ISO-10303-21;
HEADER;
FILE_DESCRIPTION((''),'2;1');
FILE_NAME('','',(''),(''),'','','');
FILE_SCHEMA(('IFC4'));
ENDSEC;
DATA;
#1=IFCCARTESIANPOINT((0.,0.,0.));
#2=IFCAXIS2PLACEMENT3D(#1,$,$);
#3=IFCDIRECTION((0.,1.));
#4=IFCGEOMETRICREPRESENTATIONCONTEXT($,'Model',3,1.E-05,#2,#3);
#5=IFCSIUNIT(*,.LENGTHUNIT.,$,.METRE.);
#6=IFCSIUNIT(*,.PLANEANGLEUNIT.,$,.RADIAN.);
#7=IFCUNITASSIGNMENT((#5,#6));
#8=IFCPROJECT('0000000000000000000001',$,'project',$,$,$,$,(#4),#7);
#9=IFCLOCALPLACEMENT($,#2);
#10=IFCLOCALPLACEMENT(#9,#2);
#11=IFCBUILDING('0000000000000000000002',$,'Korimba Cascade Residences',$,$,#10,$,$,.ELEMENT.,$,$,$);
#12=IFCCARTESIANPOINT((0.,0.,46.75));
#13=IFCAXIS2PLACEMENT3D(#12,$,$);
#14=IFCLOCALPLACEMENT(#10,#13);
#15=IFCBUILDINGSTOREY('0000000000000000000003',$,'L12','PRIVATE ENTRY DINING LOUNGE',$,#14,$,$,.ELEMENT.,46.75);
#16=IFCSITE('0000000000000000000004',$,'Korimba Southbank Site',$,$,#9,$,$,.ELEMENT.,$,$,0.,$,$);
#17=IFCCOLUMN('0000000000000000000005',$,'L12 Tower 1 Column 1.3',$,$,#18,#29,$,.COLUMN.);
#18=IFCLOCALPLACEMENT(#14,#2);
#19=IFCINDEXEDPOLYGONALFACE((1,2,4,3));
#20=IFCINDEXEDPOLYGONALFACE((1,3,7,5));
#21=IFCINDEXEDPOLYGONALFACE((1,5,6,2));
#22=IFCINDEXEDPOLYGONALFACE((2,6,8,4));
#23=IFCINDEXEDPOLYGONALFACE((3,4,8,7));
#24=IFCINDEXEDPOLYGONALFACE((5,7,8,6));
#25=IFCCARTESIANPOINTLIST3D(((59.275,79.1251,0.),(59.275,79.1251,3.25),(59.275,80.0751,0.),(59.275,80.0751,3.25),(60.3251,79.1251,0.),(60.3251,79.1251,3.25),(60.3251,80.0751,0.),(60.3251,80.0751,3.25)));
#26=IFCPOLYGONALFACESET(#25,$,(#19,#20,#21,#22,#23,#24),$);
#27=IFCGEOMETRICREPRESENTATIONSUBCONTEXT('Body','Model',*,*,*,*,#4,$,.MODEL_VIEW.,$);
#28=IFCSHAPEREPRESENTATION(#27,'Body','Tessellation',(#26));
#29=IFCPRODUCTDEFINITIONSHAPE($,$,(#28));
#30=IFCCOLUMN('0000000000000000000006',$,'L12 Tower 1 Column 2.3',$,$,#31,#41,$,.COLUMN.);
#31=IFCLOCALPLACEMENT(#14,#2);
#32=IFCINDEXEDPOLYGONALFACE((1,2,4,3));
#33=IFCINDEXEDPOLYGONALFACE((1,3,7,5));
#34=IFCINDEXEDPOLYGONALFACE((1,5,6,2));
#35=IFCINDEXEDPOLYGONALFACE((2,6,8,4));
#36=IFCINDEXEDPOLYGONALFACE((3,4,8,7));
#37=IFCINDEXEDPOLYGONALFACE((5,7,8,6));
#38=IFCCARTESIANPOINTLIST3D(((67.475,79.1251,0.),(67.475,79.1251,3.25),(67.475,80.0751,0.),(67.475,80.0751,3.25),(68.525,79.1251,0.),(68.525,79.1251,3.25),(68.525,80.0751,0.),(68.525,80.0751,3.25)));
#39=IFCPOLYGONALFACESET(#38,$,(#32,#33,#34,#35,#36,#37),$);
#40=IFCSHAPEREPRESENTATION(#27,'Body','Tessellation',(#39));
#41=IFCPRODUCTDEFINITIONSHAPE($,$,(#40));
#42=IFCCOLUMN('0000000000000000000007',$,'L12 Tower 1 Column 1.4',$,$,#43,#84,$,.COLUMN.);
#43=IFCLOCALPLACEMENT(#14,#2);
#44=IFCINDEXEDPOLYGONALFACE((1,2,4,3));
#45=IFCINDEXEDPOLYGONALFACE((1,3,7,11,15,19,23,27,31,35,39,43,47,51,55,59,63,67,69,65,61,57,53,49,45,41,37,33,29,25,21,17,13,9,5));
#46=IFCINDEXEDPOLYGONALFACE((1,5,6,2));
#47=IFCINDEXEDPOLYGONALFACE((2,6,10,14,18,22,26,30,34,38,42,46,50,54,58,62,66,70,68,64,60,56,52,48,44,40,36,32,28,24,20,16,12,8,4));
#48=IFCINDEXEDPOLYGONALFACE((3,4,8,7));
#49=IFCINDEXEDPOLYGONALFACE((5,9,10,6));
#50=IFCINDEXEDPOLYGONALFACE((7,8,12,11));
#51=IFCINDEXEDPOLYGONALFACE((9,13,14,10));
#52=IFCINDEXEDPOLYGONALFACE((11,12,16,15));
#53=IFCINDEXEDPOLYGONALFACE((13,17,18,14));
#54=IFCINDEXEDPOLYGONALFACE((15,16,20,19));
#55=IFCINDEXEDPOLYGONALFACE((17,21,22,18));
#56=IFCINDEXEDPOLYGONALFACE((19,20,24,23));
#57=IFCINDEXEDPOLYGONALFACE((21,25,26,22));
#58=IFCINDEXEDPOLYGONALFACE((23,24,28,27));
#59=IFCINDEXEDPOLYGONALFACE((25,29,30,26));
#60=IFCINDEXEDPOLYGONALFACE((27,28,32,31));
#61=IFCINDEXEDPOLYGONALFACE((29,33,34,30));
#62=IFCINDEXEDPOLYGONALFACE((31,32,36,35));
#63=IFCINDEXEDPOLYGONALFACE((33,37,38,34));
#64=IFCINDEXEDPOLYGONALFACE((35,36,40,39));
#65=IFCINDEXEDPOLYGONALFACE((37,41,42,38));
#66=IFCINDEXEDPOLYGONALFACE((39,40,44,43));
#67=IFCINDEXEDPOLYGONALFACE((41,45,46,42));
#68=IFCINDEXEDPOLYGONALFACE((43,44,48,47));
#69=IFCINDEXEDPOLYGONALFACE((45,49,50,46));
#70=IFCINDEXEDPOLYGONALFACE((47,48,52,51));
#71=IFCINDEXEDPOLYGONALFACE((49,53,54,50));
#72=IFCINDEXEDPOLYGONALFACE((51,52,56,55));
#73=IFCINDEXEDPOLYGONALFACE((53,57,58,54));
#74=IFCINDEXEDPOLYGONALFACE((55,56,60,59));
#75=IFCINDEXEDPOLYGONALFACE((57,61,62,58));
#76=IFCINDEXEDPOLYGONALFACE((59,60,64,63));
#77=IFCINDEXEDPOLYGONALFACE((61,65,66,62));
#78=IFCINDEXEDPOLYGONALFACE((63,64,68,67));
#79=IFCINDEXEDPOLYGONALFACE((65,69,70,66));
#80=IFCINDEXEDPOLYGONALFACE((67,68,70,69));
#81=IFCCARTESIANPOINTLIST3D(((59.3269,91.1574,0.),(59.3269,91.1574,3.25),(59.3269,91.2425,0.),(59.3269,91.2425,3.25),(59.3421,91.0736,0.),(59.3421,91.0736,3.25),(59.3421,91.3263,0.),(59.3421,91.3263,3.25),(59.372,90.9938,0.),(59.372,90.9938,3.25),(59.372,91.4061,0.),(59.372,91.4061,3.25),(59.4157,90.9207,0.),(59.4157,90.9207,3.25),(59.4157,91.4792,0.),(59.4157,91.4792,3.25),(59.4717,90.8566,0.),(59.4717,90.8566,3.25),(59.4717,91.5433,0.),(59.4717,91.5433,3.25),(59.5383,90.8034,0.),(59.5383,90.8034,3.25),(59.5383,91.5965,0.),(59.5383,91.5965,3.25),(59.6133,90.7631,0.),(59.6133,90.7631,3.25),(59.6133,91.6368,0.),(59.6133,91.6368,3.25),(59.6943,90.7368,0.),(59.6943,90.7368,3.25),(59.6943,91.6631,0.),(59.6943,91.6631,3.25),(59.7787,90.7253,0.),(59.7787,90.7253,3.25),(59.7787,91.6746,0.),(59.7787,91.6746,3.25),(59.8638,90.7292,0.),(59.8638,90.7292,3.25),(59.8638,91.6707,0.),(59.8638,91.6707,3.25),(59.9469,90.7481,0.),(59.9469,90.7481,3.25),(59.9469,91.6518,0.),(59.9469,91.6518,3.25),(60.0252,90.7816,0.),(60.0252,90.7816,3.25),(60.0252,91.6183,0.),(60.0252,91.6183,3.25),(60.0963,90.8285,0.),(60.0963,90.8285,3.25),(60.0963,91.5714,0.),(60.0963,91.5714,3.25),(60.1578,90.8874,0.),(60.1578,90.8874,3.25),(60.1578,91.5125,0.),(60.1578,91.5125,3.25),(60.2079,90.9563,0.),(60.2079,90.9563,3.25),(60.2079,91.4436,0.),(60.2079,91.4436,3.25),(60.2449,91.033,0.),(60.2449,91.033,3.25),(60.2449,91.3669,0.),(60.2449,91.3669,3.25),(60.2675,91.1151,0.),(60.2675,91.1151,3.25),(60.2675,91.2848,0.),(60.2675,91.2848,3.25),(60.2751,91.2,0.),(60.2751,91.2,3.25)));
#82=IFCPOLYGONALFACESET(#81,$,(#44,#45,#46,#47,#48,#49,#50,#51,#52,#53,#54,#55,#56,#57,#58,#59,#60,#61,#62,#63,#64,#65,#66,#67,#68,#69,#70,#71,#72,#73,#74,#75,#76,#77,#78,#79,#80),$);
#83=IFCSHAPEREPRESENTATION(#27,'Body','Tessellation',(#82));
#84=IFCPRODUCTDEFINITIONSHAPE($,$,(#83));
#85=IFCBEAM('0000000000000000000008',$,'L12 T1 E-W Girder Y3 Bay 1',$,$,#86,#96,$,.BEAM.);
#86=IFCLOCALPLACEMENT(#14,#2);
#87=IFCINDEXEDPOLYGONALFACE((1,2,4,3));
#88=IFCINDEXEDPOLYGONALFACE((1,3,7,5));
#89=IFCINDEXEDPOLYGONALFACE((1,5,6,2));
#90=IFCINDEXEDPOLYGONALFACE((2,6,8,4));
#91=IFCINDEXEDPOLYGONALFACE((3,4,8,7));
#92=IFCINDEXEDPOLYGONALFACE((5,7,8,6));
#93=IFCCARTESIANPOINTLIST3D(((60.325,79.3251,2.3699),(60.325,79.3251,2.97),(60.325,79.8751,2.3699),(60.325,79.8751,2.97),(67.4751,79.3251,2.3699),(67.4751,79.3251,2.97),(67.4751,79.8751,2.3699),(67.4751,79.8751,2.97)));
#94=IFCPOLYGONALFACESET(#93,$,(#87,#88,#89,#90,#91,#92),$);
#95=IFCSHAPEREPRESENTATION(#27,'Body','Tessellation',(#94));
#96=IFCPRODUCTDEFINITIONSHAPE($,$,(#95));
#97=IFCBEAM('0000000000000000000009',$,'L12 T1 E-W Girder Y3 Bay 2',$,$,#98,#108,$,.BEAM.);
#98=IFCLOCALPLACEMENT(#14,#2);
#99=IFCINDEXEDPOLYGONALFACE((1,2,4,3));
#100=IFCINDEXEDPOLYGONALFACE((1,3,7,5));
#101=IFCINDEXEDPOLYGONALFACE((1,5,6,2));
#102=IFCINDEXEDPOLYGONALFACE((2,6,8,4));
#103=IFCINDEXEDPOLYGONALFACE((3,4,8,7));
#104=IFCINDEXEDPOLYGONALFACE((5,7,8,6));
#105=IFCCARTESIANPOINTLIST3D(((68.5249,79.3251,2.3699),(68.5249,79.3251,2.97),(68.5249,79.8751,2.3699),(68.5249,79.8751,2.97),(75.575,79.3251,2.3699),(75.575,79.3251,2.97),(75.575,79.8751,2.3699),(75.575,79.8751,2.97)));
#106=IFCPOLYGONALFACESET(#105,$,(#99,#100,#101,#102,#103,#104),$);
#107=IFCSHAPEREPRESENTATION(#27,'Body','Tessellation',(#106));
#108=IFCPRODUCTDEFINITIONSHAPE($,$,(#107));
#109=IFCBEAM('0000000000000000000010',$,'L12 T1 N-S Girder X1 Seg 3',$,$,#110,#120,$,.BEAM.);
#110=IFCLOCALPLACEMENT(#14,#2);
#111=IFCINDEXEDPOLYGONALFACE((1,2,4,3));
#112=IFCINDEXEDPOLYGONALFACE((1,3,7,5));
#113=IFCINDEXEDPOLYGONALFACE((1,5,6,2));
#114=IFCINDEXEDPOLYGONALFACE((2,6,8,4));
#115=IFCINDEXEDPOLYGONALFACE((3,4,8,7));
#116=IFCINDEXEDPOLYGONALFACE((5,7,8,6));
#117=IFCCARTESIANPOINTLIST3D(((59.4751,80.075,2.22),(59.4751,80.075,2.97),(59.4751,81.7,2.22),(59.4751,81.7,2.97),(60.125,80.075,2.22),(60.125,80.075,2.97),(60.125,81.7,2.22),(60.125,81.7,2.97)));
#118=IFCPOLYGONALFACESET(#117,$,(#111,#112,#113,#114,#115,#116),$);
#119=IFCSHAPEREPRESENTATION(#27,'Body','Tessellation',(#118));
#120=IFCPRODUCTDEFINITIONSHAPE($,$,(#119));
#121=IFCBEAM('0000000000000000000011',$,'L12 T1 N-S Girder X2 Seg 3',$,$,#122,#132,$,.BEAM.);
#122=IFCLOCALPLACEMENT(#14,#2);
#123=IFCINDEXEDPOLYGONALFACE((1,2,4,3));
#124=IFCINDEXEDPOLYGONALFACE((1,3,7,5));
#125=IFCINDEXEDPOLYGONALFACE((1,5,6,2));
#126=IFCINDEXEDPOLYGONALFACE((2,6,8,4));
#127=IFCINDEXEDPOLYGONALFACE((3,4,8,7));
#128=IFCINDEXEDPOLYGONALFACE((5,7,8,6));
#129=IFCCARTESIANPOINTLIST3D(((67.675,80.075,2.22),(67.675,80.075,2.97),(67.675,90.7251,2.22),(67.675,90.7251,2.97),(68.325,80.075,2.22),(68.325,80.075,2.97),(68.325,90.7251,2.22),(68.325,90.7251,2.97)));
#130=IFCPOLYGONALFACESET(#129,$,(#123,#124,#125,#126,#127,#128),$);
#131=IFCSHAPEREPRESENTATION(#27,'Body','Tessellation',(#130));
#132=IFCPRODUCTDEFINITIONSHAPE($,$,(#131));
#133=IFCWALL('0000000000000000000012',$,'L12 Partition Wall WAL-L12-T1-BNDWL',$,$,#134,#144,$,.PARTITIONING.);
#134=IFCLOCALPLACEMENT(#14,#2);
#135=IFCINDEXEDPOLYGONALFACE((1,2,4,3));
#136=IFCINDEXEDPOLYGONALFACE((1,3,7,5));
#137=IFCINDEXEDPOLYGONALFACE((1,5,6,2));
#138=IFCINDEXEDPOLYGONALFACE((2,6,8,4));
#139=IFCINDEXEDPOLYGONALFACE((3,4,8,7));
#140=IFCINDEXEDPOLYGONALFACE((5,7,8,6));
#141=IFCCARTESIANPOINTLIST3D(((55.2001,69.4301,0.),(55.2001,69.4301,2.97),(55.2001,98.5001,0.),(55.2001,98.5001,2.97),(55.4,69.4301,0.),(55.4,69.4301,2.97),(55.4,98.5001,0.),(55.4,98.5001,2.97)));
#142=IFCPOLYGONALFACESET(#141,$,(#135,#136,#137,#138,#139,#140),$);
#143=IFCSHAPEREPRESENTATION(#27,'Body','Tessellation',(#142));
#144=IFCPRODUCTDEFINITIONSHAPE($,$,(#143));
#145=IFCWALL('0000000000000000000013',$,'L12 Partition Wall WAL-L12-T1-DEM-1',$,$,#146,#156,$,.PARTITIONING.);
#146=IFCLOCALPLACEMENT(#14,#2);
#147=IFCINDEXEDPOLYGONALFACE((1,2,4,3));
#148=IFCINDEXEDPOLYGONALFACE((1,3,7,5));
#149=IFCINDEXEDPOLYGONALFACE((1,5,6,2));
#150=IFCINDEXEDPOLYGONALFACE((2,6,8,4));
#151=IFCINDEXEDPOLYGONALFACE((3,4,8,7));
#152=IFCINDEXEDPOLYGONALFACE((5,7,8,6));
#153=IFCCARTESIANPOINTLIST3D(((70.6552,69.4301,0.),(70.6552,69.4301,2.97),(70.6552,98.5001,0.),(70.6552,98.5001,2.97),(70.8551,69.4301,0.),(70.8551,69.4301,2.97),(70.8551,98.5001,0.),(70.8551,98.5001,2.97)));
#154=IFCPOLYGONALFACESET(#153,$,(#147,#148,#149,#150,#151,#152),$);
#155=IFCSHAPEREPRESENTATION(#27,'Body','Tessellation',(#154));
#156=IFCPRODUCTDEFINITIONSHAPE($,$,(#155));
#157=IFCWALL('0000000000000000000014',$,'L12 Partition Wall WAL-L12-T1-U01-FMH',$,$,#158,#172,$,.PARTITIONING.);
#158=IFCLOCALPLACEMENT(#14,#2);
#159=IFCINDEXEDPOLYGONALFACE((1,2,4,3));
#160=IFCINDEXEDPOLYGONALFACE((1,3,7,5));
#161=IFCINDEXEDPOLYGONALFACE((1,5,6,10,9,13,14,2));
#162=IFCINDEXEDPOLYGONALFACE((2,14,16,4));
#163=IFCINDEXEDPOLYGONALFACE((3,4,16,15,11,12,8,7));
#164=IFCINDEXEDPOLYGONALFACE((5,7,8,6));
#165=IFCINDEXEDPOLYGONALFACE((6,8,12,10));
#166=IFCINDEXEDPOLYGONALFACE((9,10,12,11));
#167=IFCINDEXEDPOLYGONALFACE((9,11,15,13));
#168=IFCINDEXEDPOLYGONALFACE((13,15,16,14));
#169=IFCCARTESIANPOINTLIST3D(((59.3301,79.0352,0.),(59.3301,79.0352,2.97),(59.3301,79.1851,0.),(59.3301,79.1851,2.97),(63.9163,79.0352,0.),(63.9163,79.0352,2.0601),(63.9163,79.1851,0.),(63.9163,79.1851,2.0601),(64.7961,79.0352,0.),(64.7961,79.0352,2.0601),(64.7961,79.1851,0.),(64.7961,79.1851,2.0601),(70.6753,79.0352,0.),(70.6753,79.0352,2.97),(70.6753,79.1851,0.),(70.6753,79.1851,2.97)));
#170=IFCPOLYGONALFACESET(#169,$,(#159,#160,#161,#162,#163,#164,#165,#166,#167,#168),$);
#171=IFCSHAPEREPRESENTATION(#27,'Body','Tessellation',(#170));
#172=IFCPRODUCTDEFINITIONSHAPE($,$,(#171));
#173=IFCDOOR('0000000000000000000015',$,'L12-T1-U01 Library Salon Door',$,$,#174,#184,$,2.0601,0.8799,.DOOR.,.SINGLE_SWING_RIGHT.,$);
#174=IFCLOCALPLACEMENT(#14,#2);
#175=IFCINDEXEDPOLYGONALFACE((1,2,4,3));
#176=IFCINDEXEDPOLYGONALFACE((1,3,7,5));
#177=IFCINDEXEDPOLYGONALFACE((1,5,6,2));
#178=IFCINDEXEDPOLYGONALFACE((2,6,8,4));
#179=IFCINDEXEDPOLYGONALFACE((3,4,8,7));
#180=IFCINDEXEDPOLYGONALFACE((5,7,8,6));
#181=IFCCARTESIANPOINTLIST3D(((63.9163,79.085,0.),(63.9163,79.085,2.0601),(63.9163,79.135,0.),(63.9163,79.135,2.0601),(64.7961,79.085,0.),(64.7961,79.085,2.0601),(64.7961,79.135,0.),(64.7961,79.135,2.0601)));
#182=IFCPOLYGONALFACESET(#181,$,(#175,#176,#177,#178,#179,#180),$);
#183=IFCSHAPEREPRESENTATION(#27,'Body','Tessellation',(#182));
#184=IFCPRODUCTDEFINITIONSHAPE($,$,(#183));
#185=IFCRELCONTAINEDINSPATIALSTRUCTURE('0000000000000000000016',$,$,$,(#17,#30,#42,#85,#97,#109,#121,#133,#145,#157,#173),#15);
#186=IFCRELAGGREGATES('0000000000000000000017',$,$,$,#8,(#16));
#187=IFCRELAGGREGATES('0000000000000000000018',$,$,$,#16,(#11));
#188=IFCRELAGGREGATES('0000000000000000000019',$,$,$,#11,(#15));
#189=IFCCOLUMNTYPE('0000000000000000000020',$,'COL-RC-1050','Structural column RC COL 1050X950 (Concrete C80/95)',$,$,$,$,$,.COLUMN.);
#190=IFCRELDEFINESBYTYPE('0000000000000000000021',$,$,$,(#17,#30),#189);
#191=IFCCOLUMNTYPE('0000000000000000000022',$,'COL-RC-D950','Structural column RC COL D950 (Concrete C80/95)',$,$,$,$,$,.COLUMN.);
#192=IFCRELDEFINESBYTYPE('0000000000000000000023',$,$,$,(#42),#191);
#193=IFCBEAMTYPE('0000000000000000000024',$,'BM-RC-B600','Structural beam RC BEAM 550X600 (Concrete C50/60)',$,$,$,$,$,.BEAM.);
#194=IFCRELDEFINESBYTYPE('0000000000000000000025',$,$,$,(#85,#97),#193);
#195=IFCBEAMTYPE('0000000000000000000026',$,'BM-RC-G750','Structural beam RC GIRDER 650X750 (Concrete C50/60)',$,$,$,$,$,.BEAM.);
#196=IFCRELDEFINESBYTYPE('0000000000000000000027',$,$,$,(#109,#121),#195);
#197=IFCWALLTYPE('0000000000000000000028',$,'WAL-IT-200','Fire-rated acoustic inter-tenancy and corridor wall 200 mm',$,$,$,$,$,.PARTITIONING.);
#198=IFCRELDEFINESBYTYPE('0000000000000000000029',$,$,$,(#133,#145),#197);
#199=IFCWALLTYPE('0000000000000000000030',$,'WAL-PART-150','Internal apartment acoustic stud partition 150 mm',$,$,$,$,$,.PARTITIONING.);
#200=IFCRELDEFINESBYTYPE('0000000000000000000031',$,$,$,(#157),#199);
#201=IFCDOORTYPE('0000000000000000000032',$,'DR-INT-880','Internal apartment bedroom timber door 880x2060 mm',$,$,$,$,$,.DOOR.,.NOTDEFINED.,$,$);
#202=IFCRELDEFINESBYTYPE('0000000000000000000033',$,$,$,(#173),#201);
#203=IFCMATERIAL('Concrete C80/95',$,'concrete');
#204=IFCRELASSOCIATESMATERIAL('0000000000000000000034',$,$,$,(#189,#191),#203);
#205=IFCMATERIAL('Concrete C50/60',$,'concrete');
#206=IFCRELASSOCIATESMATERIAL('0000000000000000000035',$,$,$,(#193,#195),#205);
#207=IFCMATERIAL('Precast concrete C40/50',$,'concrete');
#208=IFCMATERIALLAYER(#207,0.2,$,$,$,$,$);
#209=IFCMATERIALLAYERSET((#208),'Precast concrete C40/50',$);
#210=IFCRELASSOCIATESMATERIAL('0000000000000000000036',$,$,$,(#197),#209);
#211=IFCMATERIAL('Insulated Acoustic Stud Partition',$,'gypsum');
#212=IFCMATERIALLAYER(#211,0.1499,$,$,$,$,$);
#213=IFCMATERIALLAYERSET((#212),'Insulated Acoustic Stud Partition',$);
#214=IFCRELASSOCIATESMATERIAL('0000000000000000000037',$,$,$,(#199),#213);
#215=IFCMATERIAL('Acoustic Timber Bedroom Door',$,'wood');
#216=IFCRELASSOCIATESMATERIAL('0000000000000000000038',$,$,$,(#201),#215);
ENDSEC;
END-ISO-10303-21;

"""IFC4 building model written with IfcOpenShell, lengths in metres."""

from ifc_helpers import new_model, si_unit, direction, frame, frame_2d, origin, origin_2d, place, context, subcontext, project, spatial, rectangle, circle, extrude, material, layer, layer_set, material_profile, profile_set, type_object, element, fill, save


model = new_model("IFC4")

# Units and contexts
model_context = context("Model", 3, precision=1e-05, world=origin(), true_north=direction((0.0, 1.0)))
body_context = subcontext(model_context, "Body", "Model", "MODEL_VIEW")
ifc_project = project(units=[si_unit("LENGTHUNIT", "METRE"), si_unit("PLANEANGLEUNIT", "RADIAN")], contexts=[model_context])

# Site, building, storey
site_placement = place(None, origin())
site = spatial("IfcSite", under=ifc_project, at=site_placement, Name="Korimba Southbank Site", CompositionType="ELEMENT", RefElevation=0.0)
building_placement = place(site_placement, origin())
building = spatial("IfcBuilding", under=site, at=building_placement, Name="Korimba Cascade Residences", CompositionType="ELEMENT")
storey_placement = place(building_placement, frame((0.0, 0.0, 46.75)))
storey = spatial("IfcBuildingStorey", under=building, at=storey_placement, Name="L12", Description="PRIVATE ENTRY DINING LOUNGE", CompositionType="ELEMENT", Elevation=46.75)

# Columns
ifc_material_1 = material(Name="Concrete C80/95", Category="concrete")
ifc_material_profile_1 = material_profile(ifc_material_1, rectangle(XDim=1.05, YDim=0.95, at=origin_2d()), Name="Concrete C80/95")
ifc_profile_set_1 = profile_set([ifc_material_profile_1], Name="Concrete C80/95")
column_type_1 = type_object("IfcColumnType", Name="COL-RC-1050", Description="Structural column RC COL 1050X950 (Concrete C80/95)", PredefinedType="COLUMN", material=ifc_profile_set_1)
for number, where, z_axis, x_axis, name in (
    (1, (59.8, 79.6001, 0.0), (0.0, 0.0, 1.0), (1.0, 0.0, 0.0), "L12 Tower 1 Column 1.3"),
    (2, (68.0, 79.6001, 0.0), (0.0, 0.0, 1.0), (1.0, 0.0, 0.0), "L12 Tower 1 Column 2.3"),
):
    element("IfcColumn", number, at=place(storey_placement, frame(where, z_axis=z_axis, x_axis=x_axis)), inside=storey, type_object=column_type_1, Name=name, PredefinedType="COLUMN", context=body_context, shape_type="SweptSolid", body=[
        extrude(rectangle(XDim=1.05, YDim=0.95, at=origin_2d()), origin(), (0.0, 0.0, 1.0), 3.25),
    ])
ifc_material_profile_2 = material_profile(ifc_material_1, circle(Radius=0.4751, at=origin_2d()), Name="Concrete C80/95")
ifc_profile_set_2 = profile_set([ifc_material_profile_2], Name="Concrete C80/95")
column_type_2 = type_object("IfcColumnType", Name="COL-RC-D950", Description="Structural column RC COL D950 (Concrete C80/95)", PredefinedType="COLUMN", material=ifc_profile_set_2)
column_placement = place(storey_placement, frame((59.8, 91.2, 0.0), z_axis=(0.0, 0.0, 1.0), x_axis=(1.0, 0.0, 0.0)))
element("IfcColumn", 3, at=column_placement, inside=storey, type_object=column_type_2, Name="L12 Tower 1 Column 1.4", PredefinedType="COLUMN", context=body_context, shape_type="SweptSolid", body=[
    extrude(circle(Radius=0.4751, at=origin_2d()), origin(), (0.0, 0.0, 1.0), 3.25),
])

# Beams
ifc_material_2 = material(Name="Concrete C50/60", Category="concrete")
ifc_material_profile_3 = material_profile(ifc_material_2, rectangle(XDim=0.55, YDim=0.6001, at=origin_2d()), Name="Concrete C50/60")
ifc_profile_set_3 = profile_set([ifc_material_profile_3], Name="Concrete C50/60")
beam_type_1 = type_object("IfcBeamType", Name="BM-RC-B600", Description="Structural beam RC BEAM 550X600 (Concrete C50/60)", PredefinedType="BEAM", material=ifc_profile_set_3)
beam_1_placement = place(storey_placement, frame((60.325, 79.6001, 2.6699), z_axis=(1.0, 0.0, 0.0), x_axis=(0.0, 1.0, 0.0)))
element("IfcBeam", 4, at=beam_1_placement, inside=storey, type_object=beam_type_1, Name="L12 T1 E-W Girder Y3 Bay 1", PredefinedType="BEAM", context=body_context, shape_type="SweptSolid", body=[
    extrude(rectangle(XDim=0.55, YDim=0.6001, at=origin_2d()), origin(), (0.0, 0.0, 1.0), 7.1501),
])
beam_2_placement = place(storey_placement, frame((68.5249, 79.6001, 2.6699), z_axis=(1.0, 0.0, 0.0), x_axis=(0.0, 1.0, 0.0)))
element("IfcBeam", 5, at=beam_2_placement, inside=storey, type_object=beam_type_1, Name="L12 T1 E-W Girder Y3 Bay 2", PredefinedType="BEAM", context=body_context, shape_type="SweptSolid", body=[
    extrude(rectangle(XDim=0.55, YDim=0.6001, at=origin_2d()), origin(), (0.0, 0.0, 1.0), 7.05),
])
ifc_material_profile_4 = material_profile(ifc_material_2, rectangle(XDim=0.6499, YDim=0.75, at=origin_2d()), Name="Concrete C50/60")
ifc_profile_set_4 = profile_set([ifc_material_profile_4], Name="Concrete C50/60")
beam_type_2 = type_object("IfcBeamType", Name="BM-RC-G750", Description="Structural beam RC GIRDER 650X750 (Concrete C50/60)", PredefinedType="BEAM", material=ifc_profile_set_4)
beam_3_placement = place(storey_placement, frame((59.8, 80.075, 2.595), z_axis=(0.0, 1.0, 0.0), x_axis=(-1.0, 0.0, 0.0)))
element("IfcBeam", 6, at=beam_3_placement, inside=storey, type_object=beam_type_2, Name="L12 T1 N-S Girder X1 Seg 3", PredefinedType="BEAM", context=body_context, shape_type="SweptSolid", body=[
    extrude(rectangle(XDim=0.6499, YDim=0.75, at=origin_2d()), origin(), (0.0, 0.0, 1.0), 1.625),
])
beam_4_placement = place(storey_placement, frame((68.0, 80.075, 2.595), z_axis=(0.0, 1.0, 0.0), x_axis=(-1.0, 0.0, 0.0)))
element("IfcBeam", 7, at=beam_4_placement, inside=storey, type_object=beam_type_2, Name="L12 T1 N-S Girder X2 Seg 3", PredefinedType="BEAM", context=body_context, shape_type="SweptSolid", body=[
    extrude(rectangle(XDim=0.6499, YDim=0.75, at=origin_2d()), origin(), (0.0, 0.0, 1.0), 10.6501),
])

# Walls
ifc_material_3 = material(Name="Precast concrete C40/50", Category="concrete")
ifc_layer_1 = layer(ifc_material_3, 0.2)
ifc_layer_set_1 = layer_set([ifc_layer_1], Name="Precast concrete C40/50")
wall_type_1 = type_object("IfcWallType", Name="WAL-IT-200", Description="Fire-rated acoustic inter-tenancy and corridor wall 200 mm", PredefinedType="PARTITIONING", material=ifc_layer_set_1)
for number, where, z_axis, x_axis, name in (
    (8, (55.3, 69.4299, 0.0), (0.0, 0.0, 1.0), (0.0, 1.0, 0.0), "L12 Partition Wall WAL-L12-T1-BNDWL"),
    (9, (70.7551, 69.4299, 0.0), (0.0, 0.0, 1.0), (0.0, 1.0, 0.0), "L12 Partition Wall WAL-L12-T1-DEM-1"),
):
    element("IfcWall", number, at=place(storey_placement, frame(where, z_axis=z_axis, x_axis=x_axis)), inside=storey, type_object=wall_type_1, Name=name, PredefinedType="PARTITIONING", context=body_context, shape_type="SweptSolid", body=[
        extrude(rectangle(XDim=29.0701, YDim=0.2, at=frame_2d((14.5352, 0.0))), origin(), (0.0, 0.0, 1.0), 2.97),
    ])

# Wall, opening, door
ifc_material_4 = material(Name="Insulated Acoustic Stud Partition", Category="gypsum")
ifc_layer_2 = layer(ifc_material_4, 0.1499)
ifc_layer_set_2 = layer_set([ifc_layer_2], Name="Insulated Acoustic Stud Partition")
wall_type_2 = type_object("IfcWallType", Name="WAL-PART-150", Description="Internal apartment acoustic stud partition 150 mm", PredefinedType="PARTITIONING", material=ifc_layer_set_2)
wall_1_placement = place(storey_placement, frame((59.3301, 79.1101, 0.0), z_axis=(0.0, 0.0, 1.0), x_axis=(1.0, 0.0, 0.0)))
wall_1 = element("IfcWall", 10, at=wall_1_placement, inside=storey, type_object=wall_type_2, Name="L12 Partition Wall WAL-L12-T1-U01-FMH", PredefinedType="PARTITIONING", context=body_context, shape_type="SweptSolid", body=[
    extrude(rectangle(XDim=11.3452, YDim=0.1499, at=frame_2d((5.6726, 0.0))), origin(), (0.0, 0.0, 1.0), 2.97),
])
opening_1_placement = place(wall_1_placement, frame((4.5862, 0.0, 0.0)))
opening_1 = element("IfcOpeningElement", 11, at=opening_1_placement, cuts=wall_1, PredefinedType="OPENING", context=body_context, shape_type="SweptSolid", body=[
    extrude(rectangle(XDim=0.8799, YDim=2.0601, at=frame_2d((0.4399, 1.03))), frame((0.0, 0.085, 0.0), z_axis=(0.0, -1.0, 0.0), x_axis=(1.0, 0.0, 0.0)), (0.0, 0.0, 1.0), 0.1699),
])
ifc_material_5 = material(Name="Acoustic Timber Bedroom Door", Category="wood")
door_type_1 = type_object("IfcDoorType", Name="DR-INT-880", Description="Internal apartment bedroom timber door 880x2060 mm", OperationType="NOTDEFINED", PredefinedType="DOOR", material=ifc_material_5)
door_1_placement = place(opening_1_placement, origin())
door_1 = element("IfcDoor", 12, at=door_1_placement, inside=storey, type_object=door_type_1, Name="L12-T1-U01 Library Salon Door", OperationType="SINGLE_SWING_RIGHT", OverallHeight=2.0601, OverallWidth=0.8799, PredefinedType="DOOR", context=body_context, shape_type="SweptSolid", body=[
    extrude(rectangle(XDim=0.8799, YDim=2.0601, at=frame_2d((0.4399, 1.03))), frame((0.0, 0.0249, 0.0), z_axis=(0.0, -1.0, 0.0), x_axis=(1.0, 0.0, 0.0)), (0.0, 0.0, 1.0), 0.05),
])
fill(opening_1, door_1)

save(model, "model.ifc")
